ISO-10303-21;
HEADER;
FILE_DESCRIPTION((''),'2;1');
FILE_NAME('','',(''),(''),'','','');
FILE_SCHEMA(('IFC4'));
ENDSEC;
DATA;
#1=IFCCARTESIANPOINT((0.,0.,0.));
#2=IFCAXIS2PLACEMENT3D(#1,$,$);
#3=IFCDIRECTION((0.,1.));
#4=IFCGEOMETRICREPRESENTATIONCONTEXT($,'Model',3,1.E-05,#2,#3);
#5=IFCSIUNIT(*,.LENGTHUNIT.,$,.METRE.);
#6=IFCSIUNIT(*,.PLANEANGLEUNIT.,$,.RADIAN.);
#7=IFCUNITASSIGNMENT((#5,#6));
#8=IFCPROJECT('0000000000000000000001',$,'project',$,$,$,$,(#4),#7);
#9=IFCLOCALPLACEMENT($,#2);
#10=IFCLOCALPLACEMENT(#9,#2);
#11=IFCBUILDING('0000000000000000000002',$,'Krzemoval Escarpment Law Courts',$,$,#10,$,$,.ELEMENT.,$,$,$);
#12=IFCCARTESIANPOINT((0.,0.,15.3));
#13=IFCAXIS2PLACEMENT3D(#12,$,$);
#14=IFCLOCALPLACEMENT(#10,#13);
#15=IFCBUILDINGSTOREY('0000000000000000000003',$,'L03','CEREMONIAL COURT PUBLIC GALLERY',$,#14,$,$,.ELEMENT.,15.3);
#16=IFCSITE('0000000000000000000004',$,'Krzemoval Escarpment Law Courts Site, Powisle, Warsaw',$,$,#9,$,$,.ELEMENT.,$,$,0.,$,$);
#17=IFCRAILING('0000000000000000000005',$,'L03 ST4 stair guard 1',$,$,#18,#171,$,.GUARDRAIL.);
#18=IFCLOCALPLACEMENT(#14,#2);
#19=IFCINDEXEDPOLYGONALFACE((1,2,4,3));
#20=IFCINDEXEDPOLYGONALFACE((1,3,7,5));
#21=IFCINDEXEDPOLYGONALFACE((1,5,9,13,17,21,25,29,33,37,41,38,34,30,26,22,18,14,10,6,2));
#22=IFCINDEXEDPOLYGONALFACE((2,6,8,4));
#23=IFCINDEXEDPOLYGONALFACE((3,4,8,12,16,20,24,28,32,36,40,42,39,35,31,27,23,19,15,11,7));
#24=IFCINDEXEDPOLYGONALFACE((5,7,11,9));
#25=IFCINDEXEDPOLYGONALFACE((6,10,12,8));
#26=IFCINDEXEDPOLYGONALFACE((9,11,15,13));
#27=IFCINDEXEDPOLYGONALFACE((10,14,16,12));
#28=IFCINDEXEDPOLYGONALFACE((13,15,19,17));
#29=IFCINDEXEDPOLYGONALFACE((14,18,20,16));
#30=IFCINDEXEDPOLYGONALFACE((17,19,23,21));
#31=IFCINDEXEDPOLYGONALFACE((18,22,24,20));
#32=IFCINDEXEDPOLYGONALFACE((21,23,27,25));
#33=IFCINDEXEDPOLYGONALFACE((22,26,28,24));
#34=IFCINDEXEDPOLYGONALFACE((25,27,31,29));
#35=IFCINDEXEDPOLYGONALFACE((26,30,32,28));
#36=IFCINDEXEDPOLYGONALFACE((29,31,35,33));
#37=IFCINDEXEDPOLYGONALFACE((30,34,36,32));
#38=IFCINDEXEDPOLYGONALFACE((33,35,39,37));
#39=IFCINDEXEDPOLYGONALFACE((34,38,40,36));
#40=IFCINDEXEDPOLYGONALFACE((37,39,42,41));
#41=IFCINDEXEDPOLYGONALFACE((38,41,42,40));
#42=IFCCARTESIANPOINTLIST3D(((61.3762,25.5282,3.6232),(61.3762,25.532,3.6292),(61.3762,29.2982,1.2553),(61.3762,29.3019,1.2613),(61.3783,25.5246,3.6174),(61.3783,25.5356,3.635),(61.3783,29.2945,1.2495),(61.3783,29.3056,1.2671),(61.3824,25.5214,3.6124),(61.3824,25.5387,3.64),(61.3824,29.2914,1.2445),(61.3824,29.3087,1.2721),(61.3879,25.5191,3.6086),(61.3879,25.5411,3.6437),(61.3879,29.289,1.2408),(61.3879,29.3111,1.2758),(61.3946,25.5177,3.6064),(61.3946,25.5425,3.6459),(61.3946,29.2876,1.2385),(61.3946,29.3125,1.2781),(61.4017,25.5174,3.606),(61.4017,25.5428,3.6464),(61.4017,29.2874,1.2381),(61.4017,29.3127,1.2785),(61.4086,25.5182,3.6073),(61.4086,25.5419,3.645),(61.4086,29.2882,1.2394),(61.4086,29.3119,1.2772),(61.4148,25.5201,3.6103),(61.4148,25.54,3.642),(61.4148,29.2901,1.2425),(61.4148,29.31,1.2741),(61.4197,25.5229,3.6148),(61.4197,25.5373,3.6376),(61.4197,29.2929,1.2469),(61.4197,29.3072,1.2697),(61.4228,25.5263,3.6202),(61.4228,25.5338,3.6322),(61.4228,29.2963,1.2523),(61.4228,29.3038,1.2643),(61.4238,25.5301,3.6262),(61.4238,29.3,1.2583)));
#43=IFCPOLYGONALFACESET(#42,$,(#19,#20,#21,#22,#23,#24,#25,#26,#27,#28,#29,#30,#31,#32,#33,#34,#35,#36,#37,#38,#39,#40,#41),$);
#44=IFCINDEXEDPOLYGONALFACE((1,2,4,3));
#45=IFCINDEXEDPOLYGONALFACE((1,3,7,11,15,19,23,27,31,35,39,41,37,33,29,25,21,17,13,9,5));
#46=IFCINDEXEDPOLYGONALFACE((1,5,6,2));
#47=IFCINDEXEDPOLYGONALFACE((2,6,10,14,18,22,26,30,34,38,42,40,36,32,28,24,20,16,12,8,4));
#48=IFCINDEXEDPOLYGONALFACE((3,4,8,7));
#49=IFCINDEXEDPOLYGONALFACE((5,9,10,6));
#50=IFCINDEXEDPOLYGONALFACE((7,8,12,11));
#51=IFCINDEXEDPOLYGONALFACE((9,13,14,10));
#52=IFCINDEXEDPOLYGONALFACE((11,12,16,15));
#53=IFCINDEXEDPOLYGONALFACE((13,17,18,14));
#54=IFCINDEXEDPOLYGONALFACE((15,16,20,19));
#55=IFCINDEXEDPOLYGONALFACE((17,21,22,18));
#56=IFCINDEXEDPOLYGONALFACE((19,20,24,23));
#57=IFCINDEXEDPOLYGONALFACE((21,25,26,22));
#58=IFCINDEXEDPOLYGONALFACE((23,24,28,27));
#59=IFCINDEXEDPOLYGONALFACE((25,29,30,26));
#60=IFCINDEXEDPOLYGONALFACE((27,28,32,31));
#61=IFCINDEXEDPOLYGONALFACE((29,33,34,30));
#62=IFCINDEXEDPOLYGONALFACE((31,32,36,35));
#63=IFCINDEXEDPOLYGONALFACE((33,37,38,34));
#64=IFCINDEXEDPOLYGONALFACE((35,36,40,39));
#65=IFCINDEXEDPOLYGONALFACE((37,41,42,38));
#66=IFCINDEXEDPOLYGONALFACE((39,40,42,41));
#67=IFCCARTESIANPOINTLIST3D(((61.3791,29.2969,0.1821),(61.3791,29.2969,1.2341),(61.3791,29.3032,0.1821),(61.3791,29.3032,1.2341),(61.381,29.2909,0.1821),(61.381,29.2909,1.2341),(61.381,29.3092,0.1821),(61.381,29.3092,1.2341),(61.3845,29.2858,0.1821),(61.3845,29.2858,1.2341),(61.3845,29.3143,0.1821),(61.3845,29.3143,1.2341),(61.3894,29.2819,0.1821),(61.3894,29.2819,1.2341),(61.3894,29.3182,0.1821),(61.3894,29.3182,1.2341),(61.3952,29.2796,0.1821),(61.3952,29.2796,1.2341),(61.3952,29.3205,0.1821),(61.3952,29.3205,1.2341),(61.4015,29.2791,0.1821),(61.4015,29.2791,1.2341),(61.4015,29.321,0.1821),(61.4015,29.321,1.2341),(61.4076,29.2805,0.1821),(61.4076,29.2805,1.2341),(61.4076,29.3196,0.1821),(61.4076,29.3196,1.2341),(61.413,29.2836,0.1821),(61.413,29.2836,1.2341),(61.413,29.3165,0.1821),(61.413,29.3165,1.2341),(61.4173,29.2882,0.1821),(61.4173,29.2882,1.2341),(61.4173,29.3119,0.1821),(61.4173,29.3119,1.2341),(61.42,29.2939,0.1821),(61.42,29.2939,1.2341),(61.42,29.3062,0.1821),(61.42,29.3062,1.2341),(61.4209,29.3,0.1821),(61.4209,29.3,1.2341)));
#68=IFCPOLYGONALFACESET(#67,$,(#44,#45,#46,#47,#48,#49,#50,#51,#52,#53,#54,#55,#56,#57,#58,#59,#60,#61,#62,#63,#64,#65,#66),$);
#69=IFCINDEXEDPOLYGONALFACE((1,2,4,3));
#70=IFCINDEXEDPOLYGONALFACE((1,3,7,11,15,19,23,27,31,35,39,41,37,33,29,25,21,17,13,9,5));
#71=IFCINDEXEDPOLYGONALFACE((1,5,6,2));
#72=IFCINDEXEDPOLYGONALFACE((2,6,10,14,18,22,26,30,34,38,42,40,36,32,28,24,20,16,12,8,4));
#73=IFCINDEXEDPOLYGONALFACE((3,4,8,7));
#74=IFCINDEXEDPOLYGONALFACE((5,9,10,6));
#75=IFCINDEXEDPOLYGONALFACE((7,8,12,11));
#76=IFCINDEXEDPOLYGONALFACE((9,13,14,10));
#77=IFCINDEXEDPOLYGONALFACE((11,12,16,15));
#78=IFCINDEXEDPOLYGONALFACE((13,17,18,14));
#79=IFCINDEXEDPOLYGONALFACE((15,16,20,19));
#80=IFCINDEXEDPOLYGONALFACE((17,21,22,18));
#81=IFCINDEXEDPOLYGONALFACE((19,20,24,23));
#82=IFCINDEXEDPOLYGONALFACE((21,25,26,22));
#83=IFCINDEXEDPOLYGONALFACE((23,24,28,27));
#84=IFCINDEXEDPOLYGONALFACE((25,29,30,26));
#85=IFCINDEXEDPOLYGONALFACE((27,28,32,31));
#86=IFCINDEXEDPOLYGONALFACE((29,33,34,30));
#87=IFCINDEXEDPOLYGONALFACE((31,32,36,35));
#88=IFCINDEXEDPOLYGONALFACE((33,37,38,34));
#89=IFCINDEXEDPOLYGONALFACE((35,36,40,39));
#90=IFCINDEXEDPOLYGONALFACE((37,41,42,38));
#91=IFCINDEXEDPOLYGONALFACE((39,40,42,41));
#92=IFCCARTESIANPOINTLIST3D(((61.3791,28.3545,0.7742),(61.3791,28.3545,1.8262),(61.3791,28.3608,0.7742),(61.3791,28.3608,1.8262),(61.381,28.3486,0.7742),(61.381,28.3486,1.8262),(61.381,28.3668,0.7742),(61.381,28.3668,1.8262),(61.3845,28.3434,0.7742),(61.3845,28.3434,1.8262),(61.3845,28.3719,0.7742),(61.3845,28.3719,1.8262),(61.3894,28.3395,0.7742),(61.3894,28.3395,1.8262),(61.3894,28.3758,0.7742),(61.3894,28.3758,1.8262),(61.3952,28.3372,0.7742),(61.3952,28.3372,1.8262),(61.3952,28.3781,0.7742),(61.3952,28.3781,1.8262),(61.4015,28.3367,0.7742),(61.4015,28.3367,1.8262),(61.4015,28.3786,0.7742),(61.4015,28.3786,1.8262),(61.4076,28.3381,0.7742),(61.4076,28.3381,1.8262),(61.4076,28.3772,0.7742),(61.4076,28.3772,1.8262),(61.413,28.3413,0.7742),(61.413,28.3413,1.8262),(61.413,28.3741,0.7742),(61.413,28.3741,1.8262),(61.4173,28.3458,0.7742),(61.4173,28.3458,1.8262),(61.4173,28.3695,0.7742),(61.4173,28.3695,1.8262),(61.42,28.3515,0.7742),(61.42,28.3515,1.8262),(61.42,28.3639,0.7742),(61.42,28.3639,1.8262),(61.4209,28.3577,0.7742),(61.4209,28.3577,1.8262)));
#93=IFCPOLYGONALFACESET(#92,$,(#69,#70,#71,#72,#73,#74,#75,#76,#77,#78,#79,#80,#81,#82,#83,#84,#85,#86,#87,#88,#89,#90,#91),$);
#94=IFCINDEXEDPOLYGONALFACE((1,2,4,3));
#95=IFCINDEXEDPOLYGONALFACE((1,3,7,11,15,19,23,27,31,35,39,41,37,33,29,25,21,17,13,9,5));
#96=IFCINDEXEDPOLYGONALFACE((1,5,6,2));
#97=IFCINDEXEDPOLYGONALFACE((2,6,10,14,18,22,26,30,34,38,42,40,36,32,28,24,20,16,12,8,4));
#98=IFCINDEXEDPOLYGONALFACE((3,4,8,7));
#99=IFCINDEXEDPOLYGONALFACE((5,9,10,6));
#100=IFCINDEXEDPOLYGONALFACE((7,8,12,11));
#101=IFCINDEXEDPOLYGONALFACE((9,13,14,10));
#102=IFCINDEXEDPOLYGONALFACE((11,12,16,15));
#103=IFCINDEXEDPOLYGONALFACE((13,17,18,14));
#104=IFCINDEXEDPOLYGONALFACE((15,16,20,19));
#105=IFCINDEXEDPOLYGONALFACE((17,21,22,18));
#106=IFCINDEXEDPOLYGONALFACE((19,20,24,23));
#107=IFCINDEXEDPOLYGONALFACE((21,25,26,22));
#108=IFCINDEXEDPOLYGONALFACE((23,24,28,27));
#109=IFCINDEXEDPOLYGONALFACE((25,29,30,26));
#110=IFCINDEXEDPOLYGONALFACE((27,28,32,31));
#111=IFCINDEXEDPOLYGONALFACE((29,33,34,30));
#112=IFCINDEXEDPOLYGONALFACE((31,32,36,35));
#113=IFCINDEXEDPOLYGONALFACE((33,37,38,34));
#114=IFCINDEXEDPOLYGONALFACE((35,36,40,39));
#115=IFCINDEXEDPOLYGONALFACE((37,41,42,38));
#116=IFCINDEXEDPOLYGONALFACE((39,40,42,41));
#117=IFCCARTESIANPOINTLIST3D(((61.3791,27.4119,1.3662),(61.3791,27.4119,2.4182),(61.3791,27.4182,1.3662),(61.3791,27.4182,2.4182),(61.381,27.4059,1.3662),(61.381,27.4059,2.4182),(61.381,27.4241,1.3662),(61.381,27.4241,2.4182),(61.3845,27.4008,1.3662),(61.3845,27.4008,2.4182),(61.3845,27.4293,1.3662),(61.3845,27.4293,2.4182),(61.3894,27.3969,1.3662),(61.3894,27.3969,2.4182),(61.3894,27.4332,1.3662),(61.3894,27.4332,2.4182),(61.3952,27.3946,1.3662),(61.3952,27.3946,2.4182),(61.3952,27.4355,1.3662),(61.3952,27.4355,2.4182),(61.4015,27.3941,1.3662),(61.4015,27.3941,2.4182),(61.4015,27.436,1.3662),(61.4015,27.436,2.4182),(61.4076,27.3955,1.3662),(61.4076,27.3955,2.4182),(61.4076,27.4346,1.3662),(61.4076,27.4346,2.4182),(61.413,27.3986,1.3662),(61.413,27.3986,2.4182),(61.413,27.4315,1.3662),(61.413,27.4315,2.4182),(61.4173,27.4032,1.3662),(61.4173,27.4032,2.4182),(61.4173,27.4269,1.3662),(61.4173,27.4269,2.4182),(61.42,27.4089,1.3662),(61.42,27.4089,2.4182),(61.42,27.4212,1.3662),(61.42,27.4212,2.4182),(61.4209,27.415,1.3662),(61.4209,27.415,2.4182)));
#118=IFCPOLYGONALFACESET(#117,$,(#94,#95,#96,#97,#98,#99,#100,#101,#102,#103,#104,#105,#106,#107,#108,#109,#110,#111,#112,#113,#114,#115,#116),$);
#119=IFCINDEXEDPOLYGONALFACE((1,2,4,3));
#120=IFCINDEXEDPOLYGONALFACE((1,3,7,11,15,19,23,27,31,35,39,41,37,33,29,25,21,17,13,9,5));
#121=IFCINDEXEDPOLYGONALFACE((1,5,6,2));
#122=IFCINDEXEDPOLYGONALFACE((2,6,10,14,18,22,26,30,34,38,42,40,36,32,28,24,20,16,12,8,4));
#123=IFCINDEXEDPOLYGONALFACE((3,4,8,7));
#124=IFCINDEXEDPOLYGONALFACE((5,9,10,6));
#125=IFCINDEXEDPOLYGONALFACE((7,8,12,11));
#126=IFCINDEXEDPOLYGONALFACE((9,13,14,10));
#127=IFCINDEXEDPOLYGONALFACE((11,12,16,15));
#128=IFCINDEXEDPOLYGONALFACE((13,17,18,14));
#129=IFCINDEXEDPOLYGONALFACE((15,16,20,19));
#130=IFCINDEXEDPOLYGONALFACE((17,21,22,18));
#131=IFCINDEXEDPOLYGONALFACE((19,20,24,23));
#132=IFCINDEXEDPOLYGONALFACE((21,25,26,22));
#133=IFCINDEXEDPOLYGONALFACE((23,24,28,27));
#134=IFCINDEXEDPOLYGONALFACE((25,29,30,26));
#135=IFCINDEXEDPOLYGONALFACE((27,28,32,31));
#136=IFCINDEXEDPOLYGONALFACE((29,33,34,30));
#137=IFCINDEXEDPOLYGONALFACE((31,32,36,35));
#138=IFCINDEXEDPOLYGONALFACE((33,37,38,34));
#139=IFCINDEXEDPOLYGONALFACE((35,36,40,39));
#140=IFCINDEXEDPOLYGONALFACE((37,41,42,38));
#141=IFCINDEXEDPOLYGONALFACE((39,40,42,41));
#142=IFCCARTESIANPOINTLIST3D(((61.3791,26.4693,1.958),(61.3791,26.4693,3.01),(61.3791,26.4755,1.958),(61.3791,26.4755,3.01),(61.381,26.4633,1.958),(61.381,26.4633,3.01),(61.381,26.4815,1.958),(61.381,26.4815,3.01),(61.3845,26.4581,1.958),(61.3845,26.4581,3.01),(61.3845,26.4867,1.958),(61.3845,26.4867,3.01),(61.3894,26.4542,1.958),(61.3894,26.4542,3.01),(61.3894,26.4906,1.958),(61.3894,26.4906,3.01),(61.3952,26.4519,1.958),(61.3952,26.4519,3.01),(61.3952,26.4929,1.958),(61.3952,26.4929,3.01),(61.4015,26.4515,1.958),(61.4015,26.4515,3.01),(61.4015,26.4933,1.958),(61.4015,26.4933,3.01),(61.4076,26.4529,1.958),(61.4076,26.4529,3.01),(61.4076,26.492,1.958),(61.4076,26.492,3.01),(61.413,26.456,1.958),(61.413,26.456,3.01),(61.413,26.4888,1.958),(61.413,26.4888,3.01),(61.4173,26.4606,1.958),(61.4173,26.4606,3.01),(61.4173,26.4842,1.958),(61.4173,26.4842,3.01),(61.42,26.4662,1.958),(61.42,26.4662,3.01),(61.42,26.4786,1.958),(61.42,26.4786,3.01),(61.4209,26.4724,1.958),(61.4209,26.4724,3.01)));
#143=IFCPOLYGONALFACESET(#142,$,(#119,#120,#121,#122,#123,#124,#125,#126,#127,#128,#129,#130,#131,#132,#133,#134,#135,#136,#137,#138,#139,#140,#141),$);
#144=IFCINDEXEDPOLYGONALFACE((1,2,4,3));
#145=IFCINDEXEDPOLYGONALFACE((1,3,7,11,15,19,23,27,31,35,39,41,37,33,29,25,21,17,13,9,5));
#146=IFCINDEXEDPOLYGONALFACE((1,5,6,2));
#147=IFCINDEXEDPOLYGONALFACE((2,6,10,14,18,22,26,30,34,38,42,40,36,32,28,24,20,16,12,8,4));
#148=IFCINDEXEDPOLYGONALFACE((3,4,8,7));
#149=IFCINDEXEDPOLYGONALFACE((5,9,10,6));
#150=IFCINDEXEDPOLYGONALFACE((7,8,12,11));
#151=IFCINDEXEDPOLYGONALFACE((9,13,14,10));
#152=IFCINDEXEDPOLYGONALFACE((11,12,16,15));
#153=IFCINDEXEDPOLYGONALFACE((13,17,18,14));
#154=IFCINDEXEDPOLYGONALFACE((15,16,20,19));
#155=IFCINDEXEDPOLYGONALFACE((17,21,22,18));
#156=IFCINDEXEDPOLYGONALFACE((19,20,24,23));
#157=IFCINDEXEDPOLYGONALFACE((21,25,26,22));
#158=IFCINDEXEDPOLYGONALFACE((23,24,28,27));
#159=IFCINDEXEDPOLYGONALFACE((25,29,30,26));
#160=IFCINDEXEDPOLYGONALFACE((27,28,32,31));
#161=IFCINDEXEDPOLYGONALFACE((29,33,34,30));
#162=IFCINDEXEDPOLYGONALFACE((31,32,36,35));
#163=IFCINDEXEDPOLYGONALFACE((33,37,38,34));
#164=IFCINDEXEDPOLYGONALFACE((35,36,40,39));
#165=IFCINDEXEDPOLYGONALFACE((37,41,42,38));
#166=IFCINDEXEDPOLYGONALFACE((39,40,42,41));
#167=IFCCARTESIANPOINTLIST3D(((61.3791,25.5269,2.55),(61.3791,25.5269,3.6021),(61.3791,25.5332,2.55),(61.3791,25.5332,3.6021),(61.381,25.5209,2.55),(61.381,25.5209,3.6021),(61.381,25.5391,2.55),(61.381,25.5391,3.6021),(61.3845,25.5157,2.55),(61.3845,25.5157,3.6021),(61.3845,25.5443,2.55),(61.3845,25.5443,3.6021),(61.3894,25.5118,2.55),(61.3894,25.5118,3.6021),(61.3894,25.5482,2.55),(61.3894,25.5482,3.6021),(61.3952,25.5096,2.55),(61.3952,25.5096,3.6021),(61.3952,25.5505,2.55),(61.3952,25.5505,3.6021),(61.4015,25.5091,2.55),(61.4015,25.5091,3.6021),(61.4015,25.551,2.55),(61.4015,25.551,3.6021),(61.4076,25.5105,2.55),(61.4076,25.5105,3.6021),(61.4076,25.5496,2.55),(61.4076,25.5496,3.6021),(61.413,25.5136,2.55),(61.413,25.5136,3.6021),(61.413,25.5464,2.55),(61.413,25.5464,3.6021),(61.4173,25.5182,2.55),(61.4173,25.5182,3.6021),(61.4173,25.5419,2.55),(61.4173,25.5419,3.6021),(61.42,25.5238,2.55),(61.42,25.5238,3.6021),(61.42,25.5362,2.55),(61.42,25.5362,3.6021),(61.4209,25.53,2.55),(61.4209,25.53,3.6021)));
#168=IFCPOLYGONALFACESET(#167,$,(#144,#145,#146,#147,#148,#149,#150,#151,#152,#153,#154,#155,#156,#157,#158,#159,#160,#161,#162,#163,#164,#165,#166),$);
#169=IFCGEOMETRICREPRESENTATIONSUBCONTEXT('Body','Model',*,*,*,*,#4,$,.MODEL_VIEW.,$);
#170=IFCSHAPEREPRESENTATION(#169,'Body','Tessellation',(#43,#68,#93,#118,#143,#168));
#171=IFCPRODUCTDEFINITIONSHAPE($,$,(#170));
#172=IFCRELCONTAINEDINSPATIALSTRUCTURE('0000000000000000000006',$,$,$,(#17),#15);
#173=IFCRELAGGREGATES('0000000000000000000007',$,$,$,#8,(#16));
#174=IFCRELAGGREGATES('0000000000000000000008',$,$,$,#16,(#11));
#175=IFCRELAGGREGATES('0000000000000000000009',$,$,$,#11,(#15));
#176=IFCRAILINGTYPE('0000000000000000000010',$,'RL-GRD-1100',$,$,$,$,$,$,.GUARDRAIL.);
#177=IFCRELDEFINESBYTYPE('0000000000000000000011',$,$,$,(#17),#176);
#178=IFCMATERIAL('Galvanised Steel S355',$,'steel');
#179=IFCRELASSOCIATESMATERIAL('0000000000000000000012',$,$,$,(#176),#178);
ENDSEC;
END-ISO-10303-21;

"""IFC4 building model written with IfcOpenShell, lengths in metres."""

from ifc_helpers import new_model, si_unit, direction, frame, origin, origin_2d, place, context, subcontext, project, spatial, circle, extrude, material, type_object, element, save


model = new_model("IFC4")

# Units and contexts
model_context = context("Model", 3, precision=1e-05, world=origin(), true_north=direction((0.0, 1.0)))
body_context = subcontext(model_context, "Body", "Model", "MODEL_VIEW")
ifc_project = project(units=[si_unit("LENGTHUNIT", "METRE"), si_unit("PLANEANGLEUNIT", "RADIAN")], contexts=[model_context])

# Site, building, storey
site_placement = place(None, origin())
site = spatial("IfcSite", under=ifc_project, at=site_placement, Name="Krzemoval Escarpment Law Courts Site, Powisle, Warsaw", CompositionType="ELEMENT", RefElevation=0.0)
building_placement = place(site_placement, origin())
building = spatial("IfcBuilding", under=site, at=building_placement, Name="Krzemoval Escarpment Law Courts", CompositionType="ELEMENT")
storey_placement = place(building_placement, frame((0.0, 0.0, 15.3)))
storey = spatial("IfcBuildingStorey", under=building, at=storey_placement, Name="L03", Description="CEREMONIAL COURT PUBLIC GALLERY", CompositionType="ELEMENT", Elevation=15.3)

# Railing
ifc_material_1 = material(Name="Galvanised Steel S355", Category="steel")
railing_type_1 = type_object("IfcRailingType", Name="RL-GRD-1100", PredefinedType="GUARDRAIL", material=ifc_material_1)
railing_1_placement = place(storey_placement, frame((61.3999, 29.3, 0.1821)))
element("IfcRailing", 1, at=railing_1_placement, inside=storey, type_object=railing_type_1, Name="L03 ST4 stair guard 1", PredefinedType="GUARDRAIL", context=body_context, shape_type="SweptSolid", body=[
    extrude(circle(Radius=0.0239, at=origin_2d()), frame((0.0, 0.0, 1.0762), z_axis=(0.0, -0.846819, 0.531881), x_axis=(1.0, 0.0, 0.0)), (0.0, 0.0, 1.0), 4.4519),
    extrude(circle(Radius=0.021, at=origin_2d()), origin(), (0.0, 0.0, 1.0), 1.052),
    extrude(circle(Radius=0.021, at=origin_2d()), frame((0.0, -0.9424, 0.592)), (0.0, 0.0, 1.0), 1.052),
    extrude(circle(Radius=0.021, at=origin_2d()), frame((0.0, -1.885, 1.1841)), (0.0, 0.0, 1.0), 1.052),
    extrude(circle(Radius=0.021, at=origin_2d()), frame((0.0, -2.8276, 1.7759)), (0.0, 0.0, 1.0), 1.052),
    extrude(circle(Radius=0.021, at=origin_2d()), frame((0.0, -3.77, 2.3679)), (0.0, 0.0, 1.0), 1.052),
])

save(model, "model.ifc")
